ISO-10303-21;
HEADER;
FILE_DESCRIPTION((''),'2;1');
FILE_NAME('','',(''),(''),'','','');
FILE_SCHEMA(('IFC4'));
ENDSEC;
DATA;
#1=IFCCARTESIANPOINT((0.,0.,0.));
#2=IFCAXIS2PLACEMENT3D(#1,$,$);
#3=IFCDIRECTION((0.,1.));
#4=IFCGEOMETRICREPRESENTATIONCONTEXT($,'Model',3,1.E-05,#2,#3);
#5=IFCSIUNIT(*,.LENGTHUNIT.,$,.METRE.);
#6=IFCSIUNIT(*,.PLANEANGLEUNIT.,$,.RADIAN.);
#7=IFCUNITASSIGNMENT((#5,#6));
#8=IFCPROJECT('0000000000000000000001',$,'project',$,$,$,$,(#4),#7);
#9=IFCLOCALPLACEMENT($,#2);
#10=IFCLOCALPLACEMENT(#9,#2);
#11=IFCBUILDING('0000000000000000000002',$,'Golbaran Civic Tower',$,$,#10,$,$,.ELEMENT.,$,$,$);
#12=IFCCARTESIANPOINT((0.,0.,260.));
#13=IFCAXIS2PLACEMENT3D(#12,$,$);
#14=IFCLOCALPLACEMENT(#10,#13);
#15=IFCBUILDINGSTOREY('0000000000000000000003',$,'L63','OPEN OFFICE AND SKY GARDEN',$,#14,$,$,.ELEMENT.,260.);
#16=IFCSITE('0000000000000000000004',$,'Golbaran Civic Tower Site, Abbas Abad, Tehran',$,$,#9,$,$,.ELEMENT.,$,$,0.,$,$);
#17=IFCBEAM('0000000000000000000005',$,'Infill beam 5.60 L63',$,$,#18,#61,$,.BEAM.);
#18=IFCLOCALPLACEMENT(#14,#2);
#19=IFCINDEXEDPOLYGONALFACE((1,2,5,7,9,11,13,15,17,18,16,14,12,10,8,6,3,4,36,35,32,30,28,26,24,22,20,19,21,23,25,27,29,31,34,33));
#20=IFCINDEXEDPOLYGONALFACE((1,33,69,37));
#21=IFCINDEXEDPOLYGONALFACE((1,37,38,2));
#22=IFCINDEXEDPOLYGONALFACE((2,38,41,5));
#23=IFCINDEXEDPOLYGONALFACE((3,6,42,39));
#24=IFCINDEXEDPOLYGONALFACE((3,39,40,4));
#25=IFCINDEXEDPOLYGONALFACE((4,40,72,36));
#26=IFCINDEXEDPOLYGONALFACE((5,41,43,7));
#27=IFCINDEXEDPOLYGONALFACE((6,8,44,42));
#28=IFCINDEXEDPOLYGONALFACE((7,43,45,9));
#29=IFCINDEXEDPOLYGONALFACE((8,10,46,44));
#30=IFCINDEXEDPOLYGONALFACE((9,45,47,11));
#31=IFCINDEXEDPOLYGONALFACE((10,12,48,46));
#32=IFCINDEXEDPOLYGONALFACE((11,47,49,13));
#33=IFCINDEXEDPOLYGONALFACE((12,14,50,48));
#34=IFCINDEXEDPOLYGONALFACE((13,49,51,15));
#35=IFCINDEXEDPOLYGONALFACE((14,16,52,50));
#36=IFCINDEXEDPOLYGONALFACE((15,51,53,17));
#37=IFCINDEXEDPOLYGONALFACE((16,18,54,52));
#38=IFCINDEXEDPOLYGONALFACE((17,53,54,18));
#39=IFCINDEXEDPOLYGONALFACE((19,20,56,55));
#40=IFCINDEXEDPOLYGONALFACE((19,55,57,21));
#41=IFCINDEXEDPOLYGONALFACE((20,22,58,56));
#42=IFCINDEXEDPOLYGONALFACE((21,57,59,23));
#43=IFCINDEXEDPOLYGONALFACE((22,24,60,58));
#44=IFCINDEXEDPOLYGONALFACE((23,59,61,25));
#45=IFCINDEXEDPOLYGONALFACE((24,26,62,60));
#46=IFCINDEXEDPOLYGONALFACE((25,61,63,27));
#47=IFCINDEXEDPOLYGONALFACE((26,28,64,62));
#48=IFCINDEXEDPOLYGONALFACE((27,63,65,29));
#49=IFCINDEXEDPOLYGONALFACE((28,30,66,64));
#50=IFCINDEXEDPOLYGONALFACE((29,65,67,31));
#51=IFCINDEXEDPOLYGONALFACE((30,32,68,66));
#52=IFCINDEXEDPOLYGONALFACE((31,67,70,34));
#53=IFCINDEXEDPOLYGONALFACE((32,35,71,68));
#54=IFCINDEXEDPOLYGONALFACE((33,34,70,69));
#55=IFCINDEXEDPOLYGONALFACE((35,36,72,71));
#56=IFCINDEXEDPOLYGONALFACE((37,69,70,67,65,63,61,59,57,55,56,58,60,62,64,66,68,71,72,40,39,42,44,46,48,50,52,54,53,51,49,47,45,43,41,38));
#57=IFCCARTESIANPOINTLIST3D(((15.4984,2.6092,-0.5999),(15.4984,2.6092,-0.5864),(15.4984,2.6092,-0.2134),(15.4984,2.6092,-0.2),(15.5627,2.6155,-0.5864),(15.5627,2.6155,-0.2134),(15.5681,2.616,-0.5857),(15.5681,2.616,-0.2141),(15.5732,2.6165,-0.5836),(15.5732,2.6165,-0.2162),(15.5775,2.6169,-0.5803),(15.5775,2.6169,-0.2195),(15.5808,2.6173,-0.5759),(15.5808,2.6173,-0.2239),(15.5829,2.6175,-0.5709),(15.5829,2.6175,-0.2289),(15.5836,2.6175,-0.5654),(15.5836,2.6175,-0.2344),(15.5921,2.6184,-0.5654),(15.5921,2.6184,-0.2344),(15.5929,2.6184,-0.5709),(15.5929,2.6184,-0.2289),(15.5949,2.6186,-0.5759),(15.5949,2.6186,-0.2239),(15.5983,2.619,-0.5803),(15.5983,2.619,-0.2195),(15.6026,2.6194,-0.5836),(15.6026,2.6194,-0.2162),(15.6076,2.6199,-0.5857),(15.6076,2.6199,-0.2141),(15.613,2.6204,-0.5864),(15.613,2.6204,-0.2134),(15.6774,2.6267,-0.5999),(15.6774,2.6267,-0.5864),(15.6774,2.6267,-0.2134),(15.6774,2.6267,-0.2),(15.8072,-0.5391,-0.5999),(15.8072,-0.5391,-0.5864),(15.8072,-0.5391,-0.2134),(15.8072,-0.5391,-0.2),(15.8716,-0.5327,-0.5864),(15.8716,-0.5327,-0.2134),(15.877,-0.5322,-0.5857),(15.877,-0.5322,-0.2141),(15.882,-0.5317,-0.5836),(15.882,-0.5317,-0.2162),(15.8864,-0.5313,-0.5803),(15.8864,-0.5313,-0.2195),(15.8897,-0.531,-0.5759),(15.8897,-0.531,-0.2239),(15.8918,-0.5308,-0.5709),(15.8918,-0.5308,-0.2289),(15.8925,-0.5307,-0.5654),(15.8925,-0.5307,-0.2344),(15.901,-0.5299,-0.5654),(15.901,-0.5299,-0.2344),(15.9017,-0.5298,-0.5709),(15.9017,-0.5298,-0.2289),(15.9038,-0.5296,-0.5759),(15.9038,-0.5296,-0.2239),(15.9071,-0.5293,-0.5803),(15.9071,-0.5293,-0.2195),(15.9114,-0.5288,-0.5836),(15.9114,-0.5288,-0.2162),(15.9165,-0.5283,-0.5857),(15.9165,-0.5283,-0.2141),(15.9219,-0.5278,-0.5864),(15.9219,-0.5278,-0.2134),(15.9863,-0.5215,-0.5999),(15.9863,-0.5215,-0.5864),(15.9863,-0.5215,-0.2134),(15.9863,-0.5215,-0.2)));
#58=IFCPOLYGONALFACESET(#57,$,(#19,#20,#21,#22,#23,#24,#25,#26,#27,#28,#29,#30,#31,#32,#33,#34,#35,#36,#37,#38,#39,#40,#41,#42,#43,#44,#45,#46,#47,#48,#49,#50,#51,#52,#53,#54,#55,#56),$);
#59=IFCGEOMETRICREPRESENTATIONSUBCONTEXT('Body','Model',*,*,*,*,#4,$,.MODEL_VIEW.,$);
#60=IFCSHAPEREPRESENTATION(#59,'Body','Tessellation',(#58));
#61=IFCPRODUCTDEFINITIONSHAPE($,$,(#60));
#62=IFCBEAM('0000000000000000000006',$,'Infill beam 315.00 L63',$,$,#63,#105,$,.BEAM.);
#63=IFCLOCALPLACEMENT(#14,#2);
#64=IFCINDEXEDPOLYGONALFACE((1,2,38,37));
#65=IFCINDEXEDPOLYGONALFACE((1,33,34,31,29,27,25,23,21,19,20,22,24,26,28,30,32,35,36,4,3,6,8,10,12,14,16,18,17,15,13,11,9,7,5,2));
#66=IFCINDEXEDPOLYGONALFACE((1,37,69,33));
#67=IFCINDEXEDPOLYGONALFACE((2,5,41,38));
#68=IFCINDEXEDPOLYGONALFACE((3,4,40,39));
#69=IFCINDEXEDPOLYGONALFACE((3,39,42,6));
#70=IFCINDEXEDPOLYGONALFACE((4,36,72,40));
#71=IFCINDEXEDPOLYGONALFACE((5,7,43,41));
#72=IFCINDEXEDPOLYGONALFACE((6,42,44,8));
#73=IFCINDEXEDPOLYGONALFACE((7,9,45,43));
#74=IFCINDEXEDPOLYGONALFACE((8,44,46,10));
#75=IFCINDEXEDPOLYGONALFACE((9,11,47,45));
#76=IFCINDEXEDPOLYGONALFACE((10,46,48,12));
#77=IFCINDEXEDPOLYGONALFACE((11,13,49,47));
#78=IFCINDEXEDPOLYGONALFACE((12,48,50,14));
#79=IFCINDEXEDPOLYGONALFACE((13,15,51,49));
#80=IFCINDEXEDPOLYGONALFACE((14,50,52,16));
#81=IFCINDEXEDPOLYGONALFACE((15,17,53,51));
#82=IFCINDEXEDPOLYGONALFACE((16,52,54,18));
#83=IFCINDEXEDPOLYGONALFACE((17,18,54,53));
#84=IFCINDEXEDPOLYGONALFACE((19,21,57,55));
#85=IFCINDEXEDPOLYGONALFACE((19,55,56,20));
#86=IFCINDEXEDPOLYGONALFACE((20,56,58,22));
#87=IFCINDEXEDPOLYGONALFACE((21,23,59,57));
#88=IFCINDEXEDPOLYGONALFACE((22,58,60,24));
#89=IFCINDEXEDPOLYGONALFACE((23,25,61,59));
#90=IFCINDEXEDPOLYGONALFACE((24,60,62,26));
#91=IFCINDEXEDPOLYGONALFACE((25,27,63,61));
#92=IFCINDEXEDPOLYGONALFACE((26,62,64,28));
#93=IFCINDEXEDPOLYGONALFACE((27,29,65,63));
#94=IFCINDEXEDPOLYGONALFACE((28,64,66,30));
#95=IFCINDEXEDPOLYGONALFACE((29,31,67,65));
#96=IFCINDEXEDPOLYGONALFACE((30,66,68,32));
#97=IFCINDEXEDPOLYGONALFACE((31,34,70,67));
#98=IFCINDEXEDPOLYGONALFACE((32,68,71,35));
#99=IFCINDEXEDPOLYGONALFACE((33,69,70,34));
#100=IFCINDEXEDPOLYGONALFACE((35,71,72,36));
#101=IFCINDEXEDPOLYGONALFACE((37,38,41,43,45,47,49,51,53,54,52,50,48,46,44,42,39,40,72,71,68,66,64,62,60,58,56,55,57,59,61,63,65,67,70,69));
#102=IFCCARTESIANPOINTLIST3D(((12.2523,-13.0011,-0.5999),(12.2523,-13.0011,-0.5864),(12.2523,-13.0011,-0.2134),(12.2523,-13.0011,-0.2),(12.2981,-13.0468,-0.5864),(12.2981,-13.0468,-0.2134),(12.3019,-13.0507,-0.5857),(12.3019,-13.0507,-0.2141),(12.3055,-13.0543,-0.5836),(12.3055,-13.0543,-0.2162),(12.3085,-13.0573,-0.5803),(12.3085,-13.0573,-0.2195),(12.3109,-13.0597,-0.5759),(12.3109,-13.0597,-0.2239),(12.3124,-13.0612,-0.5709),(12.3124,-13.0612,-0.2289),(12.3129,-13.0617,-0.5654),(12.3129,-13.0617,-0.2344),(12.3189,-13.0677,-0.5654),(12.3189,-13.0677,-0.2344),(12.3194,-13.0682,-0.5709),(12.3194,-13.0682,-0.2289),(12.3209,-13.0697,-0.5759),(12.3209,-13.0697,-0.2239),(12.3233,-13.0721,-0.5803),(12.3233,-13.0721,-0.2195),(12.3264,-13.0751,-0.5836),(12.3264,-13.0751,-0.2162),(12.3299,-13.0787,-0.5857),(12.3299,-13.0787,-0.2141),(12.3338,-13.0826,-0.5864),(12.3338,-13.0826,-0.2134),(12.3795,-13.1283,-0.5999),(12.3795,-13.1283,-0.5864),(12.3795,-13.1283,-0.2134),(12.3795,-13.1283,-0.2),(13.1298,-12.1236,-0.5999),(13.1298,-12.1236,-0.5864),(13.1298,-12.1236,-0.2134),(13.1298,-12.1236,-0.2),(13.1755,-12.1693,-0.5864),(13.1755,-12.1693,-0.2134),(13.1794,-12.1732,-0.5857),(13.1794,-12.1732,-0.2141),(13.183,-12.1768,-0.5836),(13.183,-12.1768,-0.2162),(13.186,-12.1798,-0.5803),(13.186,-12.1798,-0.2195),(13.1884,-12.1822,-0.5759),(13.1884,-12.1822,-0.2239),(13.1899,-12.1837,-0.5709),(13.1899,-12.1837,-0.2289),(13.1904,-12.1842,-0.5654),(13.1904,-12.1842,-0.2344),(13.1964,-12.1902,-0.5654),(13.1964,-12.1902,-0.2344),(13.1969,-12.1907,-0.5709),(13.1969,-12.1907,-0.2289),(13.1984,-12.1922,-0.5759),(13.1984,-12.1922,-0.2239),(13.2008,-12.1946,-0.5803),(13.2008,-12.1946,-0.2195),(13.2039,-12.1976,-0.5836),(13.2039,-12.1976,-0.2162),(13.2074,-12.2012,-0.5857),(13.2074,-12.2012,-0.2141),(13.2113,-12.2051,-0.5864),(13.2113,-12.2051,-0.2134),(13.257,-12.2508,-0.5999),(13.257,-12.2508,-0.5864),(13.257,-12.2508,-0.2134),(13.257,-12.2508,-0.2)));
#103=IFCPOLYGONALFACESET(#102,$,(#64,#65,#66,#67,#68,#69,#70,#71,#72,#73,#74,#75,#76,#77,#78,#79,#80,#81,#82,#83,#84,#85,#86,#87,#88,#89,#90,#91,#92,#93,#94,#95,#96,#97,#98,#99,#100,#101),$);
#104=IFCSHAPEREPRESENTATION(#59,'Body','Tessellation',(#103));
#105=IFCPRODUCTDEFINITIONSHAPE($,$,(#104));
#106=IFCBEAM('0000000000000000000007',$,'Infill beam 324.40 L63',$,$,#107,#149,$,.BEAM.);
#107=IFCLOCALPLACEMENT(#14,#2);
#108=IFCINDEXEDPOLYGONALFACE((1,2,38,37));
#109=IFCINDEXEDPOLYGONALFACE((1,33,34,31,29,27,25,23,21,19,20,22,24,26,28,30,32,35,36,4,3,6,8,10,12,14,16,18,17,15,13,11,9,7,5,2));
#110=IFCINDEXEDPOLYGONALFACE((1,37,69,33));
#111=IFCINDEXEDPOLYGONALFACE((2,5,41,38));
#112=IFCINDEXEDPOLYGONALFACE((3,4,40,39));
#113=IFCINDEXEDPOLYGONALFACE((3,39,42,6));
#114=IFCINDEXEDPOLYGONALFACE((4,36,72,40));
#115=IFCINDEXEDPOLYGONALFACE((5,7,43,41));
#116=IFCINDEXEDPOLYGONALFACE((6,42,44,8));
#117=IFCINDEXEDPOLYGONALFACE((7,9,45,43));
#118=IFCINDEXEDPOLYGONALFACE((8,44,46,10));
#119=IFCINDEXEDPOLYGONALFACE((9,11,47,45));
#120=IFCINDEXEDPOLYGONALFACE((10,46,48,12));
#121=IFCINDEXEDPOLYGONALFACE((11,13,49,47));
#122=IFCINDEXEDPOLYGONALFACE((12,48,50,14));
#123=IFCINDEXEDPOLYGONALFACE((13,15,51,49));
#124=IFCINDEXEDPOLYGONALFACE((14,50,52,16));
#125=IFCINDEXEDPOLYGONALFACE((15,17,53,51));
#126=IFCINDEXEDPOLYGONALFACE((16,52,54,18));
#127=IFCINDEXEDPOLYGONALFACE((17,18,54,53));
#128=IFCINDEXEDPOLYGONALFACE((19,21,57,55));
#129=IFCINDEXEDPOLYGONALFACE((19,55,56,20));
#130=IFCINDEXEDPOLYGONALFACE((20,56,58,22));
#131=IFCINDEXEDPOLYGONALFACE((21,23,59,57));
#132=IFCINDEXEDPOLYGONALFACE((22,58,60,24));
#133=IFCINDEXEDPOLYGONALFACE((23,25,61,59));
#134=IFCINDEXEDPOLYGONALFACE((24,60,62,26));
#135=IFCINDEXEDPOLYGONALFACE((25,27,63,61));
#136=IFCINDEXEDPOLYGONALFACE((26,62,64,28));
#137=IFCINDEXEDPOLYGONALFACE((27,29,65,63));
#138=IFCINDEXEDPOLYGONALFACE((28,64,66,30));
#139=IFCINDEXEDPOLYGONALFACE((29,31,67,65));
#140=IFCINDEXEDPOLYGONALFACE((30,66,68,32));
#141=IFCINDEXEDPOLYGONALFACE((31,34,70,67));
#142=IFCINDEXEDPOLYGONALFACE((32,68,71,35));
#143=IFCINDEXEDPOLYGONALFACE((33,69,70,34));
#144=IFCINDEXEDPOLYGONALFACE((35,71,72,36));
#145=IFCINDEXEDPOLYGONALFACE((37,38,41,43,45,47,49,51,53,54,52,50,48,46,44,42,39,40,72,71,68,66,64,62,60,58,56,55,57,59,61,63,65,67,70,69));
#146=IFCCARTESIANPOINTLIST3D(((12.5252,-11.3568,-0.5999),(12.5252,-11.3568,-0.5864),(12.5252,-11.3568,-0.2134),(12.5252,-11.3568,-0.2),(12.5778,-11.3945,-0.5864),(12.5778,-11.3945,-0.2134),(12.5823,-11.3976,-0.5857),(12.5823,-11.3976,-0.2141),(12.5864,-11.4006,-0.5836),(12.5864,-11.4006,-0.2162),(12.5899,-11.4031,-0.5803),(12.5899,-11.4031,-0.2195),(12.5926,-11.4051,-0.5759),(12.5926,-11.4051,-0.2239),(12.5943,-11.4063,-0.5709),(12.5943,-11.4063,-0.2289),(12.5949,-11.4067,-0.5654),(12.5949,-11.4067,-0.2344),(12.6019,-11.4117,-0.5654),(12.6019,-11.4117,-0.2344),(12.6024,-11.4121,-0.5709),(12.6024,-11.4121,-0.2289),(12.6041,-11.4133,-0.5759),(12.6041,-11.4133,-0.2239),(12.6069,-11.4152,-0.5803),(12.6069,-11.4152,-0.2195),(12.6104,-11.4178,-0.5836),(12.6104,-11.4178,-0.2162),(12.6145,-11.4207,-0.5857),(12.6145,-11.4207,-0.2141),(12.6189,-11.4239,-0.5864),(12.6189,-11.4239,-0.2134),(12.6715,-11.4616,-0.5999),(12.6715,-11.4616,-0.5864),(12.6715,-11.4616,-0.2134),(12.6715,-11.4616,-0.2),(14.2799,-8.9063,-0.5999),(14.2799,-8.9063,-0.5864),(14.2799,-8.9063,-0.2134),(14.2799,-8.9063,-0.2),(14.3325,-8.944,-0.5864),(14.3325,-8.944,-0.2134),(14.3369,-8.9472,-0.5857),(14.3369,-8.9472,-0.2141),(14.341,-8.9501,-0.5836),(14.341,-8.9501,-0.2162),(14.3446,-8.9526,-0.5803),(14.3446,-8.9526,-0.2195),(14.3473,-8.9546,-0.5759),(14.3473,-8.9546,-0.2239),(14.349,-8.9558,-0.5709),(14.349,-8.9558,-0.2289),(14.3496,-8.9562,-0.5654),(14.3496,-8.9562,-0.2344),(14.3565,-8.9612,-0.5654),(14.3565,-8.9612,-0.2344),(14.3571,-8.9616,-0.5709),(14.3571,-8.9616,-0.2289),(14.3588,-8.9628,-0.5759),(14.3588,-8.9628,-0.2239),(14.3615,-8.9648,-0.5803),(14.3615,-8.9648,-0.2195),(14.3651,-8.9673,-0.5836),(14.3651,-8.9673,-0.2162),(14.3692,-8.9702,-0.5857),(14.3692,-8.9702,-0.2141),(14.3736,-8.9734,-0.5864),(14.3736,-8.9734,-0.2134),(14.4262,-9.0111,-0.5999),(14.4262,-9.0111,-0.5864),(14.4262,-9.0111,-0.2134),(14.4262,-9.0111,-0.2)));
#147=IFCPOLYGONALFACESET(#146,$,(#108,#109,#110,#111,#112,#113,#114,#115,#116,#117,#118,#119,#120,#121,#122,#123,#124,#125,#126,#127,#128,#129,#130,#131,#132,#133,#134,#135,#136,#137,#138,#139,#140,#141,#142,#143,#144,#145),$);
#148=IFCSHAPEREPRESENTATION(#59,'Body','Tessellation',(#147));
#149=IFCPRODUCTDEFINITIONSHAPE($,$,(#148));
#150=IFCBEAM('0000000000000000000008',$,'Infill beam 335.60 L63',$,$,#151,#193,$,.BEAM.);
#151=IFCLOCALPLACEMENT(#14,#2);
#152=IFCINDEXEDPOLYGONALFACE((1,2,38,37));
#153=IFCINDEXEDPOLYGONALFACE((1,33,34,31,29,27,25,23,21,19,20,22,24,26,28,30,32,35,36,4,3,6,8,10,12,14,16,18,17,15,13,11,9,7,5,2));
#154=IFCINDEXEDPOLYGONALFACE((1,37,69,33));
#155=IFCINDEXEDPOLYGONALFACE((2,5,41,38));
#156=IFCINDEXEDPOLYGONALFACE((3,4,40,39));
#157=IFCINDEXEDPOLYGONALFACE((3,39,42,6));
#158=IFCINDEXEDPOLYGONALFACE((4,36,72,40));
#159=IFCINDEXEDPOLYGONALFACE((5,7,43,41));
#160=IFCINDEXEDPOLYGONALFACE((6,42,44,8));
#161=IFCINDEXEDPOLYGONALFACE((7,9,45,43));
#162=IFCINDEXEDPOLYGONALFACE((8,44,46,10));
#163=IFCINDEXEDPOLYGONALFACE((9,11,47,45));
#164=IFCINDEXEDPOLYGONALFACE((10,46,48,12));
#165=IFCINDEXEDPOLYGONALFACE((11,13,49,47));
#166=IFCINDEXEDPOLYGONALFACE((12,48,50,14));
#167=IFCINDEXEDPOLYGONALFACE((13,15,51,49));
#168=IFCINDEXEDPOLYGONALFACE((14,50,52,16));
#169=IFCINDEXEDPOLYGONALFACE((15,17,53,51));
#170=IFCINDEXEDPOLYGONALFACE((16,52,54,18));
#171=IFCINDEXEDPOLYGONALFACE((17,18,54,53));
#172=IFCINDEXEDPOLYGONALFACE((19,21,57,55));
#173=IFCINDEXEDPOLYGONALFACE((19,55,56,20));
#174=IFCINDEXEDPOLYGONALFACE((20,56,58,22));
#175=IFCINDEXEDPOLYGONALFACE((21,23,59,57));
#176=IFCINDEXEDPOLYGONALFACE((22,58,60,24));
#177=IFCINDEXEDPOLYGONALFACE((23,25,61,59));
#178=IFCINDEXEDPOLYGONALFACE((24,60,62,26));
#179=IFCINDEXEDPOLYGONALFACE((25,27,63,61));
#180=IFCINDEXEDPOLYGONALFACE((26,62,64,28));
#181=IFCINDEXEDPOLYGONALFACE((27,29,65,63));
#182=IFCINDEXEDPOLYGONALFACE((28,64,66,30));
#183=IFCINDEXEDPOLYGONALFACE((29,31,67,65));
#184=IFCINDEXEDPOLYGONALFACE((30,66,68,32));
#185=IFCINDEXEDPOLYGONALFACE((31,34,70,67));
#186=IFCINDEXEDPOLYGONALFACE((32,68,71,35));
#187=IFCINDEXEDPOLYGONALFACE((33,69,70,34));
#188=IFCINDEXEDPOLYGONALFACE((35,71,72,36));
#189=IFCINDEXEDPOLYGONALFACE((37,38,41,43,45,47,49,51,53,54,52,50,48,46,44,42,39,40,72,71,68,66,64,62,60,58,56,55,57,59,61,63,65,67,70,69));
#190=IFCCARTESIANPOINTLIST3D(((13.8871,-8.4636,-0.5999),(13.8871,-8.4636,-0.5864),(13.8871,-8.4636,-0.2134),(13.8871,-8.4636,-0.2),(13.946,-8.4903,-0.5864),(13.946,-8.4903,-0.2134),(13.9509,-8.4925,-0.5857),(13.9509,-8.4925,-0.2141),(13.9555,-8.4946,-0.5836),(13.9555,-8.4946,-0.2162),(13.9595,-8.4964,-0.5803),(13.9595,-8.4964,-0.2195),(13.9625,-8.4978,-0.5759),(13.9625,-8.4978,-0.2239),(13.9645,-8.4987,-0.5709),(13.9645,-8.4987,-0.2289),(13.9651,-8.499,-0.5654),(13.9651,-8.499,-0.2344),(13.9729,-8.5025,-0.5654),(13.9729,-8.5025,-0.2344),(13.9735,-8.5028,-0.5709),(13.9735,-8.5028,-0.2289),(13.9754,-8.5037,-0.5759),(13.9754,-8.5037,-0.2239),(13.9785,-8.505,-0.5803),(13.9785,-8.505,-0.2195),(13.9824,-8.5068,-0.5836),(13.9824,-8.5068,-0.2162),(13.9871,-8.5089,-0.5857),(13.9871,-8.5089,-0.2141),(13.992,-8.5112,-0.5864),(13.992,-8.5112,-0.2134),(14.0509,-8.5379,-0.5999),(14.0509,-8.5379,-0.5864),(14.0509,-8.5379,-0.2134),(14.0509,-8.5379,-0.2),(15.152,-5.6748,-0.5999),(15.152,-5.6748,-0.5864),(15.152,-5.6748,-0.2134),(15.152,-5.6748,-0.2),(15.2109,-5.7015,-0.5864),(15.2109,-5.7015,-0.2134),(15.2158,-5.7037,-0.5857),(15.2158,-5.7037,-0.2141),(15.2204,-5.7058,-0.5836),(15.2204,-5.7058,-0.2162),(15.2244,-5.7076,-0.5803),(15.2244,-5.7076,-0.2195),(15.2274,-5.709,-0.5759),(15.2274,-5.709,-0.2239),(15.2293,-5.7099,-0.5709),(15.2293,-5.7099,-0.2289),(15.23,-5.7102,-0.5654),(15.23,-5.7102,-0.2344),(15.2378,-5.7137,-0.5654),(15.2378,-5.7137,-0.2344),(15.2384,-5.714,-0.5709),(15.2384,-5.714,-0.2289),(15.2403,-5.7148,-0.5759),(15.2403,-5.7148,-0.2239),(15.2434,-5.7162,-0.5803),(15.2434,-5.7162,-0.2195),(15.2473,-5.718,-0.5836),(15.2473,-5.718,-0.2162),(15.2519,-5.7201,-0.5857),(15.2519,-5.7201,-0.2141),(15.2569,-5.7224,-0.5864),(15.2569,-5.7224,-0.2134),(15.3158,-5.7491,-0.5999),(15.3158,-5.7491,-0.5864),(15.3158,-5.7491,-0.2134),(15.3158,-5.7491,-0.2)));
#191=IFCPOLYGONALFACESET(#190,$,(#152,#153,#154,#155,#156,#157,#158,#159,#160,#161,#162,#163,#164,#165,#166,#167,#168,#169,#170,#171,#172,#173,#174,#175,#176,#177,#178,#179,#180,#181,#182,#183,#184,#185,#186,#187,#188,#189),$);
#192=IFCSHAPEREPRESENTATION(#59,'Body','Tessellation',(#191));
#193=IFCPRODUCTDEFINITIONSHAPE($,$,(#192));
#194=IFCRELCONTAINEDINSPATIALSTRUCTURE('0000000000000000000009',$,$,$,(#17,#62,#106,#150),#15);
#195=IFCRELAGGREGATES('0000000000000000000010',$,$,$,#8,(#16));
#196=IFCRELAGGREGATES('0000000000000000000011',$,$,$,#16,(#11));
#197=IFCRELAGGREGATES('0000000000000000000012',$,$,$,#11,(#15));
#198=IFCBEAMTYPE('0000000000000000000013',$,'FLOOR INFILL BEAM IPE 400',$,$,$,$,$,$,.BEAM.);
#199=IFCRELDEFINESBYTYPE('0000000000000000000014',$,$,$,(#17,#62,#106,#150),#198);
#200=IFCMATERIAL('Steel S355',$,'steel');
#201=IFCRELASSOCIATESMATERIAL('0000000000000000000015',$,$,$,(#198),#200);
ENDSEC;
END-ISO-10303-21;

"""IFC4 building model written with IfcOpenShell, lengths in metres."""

from ifc_helpers import new_model, si_unit, direction, frame, origin, origin_2d, place, context, subcontext, project, spatial, i_section, extrude, material, material_profile, profile_set, type_object, element, save


model = new_model("IFC4")

# Units and contexts
model_context = context("Model", 3, precision=1e-05, world=origin(), true_north=direction((0.0, 1.0)))
body_context = subcontext(model_context, "Body", "Model", "MODEL_VIEW")
ifc_project = project(units=[si_unit("LENGTHUNIT", "METRE"), si_unit("PLANEANGLEUNIT", "RADIAN")], contexts=[model_context])

# Site, building, storey
site_placement = place(None, origin())
site = spatial("IfcSite", under=ifc_project, at=site_placement, Name="Golbaran Civic Tower Site, Abbas Abad, Tehran", CompositionType="ELEMENT", RefElevation=0.0)
building_placement = place(site_placement, origin())
building = spatial("IfcBuilding", under=site, at=building_placement, Name="Golbaran Civic Tower", CompositionType="ELEMENT")
storey_placement = place(building_placement, frame((0.0, 0.0, 260.0)))
storey = spatial("IfcBuildingStorey", under=building, at=storey_placement, Name="L63", Description="OPEN OFFICE AND SKY GARDEN", CompositionType="ELEMENT", Elevation=260.0)

# Beams
ifc_material_1 = material(Name="Steel S355", Category="steel")
ifc_material_profile_1 = material_profile(ifc_material_1, i_section(OverallWidth=0.1799, OverallDepth=0.3999, WebThickness=0.0085, FlangeThickness=0.0134, FilletRadius=0.021, at=origin_2d()), Name="IPE 400")
ifc_profile_set_1 = profile_set([ifc_material_profile_1], Name="Steel S355")
beam_type_1 = type_object("IfcBeamType", Name="FLOOR INFILL BEAM IPE 400", PredefinedType="BEAM", material=ifc_profile_set_1)
beam_1_placement = place(storey_placement, frame((15.8967, -0.5303, -0.3999), z_axis=(-0.097631, 0.995223, 0.0), x_axis=(-0.995223, -0.097631, 0.0)))
element("IfcBeam", 1, at=beam_1_placement, inside=storey, type_object=beam_type_1, Name="Infill beam 5.60 L63", PredefinedType="BEAM", context=body_context, shape_type="SweptSolid", body=[
    extrude(i_section(OverallWidth=0.1799, OverallDepth=0.3999, WebThickness=0.0085, FlangeThickness=0.0134, FilletRadius=0.021, at=origin_2d()), origin(), (0.0, 0.0, 1.0), 3.1633),
])
beam_2_placement = place(storey_placement, frame((12.3159, -13.0647, -0.3999), z_axis=(0.707107, 0.707107, 0.0), x_axis=(-0.707107, 0.707107, 0.0)))
element("IfcBeam", 2, at=beam_2_placement, inside=storey, type_object=beam_type_1, Name="Infill beam 315.00 L63", PredefinedType="BEAM", context=body_context, shape_type="SweptSolid", body=[
    extrude(i_section(OverallWidth=0.1799, OverallDepth=0.3999, WebThickness=0.0085, FlangeThickness=0.0134, FilletRadius=0.021, at=origin_2d()), origin(), (0.0, 0.0, 1.0), 1.241),
])
beam_3_placement = place(storey_placement, frame((12.5984, -11.4092, -0.3999), z_axis=(0.582188, 0.813054, 0.0), x_axis=(-0.813054, 0.582188, 0.0)))
element("IfcBeam", 3, at=beam_3_placement, inside=storey, type_object=beam_type_1, Name="Infill beam 324.40 L63", PredefinedType="BEAM", context=body_context, shape_type="SweptSolid", body=[
    extrude(i_section(OverallWidth=0.1799, OverallDepth=0.3999, WebThickness=0.0085, FlangeThickness=0.0134, FilletRadius=0.021, at=origin_2d()), origin(), (0.0, 0.0, 1.0), 3.0139),
])
beam_4_placement = place(storey_placement, frame((13.969, -8.5007, -0.3999), z_axis=(0.413058, 0.910705, 0.0), x_axis=(-0.910705, 0.413058, 0.0)))
element("IfcBeam", 4, at=beam_4_placement, inside=storey, type_object=beam_type_1, Name="Infill beam 335.60 L63", PredefinedType="BEAM", context=body_context, shape_type="SweptSolid", body=[
    extrude(i_section(OverallWidth=0.1799, OverallDepth=0.3999, WebThickness=0.0085, FlangeThickness=0.0134, FilletRadius=0.021, at=origin_2d()), origin(), (0.0, 0.0, 1.0), 3.0623),
])

save(model, "model.ifc")
